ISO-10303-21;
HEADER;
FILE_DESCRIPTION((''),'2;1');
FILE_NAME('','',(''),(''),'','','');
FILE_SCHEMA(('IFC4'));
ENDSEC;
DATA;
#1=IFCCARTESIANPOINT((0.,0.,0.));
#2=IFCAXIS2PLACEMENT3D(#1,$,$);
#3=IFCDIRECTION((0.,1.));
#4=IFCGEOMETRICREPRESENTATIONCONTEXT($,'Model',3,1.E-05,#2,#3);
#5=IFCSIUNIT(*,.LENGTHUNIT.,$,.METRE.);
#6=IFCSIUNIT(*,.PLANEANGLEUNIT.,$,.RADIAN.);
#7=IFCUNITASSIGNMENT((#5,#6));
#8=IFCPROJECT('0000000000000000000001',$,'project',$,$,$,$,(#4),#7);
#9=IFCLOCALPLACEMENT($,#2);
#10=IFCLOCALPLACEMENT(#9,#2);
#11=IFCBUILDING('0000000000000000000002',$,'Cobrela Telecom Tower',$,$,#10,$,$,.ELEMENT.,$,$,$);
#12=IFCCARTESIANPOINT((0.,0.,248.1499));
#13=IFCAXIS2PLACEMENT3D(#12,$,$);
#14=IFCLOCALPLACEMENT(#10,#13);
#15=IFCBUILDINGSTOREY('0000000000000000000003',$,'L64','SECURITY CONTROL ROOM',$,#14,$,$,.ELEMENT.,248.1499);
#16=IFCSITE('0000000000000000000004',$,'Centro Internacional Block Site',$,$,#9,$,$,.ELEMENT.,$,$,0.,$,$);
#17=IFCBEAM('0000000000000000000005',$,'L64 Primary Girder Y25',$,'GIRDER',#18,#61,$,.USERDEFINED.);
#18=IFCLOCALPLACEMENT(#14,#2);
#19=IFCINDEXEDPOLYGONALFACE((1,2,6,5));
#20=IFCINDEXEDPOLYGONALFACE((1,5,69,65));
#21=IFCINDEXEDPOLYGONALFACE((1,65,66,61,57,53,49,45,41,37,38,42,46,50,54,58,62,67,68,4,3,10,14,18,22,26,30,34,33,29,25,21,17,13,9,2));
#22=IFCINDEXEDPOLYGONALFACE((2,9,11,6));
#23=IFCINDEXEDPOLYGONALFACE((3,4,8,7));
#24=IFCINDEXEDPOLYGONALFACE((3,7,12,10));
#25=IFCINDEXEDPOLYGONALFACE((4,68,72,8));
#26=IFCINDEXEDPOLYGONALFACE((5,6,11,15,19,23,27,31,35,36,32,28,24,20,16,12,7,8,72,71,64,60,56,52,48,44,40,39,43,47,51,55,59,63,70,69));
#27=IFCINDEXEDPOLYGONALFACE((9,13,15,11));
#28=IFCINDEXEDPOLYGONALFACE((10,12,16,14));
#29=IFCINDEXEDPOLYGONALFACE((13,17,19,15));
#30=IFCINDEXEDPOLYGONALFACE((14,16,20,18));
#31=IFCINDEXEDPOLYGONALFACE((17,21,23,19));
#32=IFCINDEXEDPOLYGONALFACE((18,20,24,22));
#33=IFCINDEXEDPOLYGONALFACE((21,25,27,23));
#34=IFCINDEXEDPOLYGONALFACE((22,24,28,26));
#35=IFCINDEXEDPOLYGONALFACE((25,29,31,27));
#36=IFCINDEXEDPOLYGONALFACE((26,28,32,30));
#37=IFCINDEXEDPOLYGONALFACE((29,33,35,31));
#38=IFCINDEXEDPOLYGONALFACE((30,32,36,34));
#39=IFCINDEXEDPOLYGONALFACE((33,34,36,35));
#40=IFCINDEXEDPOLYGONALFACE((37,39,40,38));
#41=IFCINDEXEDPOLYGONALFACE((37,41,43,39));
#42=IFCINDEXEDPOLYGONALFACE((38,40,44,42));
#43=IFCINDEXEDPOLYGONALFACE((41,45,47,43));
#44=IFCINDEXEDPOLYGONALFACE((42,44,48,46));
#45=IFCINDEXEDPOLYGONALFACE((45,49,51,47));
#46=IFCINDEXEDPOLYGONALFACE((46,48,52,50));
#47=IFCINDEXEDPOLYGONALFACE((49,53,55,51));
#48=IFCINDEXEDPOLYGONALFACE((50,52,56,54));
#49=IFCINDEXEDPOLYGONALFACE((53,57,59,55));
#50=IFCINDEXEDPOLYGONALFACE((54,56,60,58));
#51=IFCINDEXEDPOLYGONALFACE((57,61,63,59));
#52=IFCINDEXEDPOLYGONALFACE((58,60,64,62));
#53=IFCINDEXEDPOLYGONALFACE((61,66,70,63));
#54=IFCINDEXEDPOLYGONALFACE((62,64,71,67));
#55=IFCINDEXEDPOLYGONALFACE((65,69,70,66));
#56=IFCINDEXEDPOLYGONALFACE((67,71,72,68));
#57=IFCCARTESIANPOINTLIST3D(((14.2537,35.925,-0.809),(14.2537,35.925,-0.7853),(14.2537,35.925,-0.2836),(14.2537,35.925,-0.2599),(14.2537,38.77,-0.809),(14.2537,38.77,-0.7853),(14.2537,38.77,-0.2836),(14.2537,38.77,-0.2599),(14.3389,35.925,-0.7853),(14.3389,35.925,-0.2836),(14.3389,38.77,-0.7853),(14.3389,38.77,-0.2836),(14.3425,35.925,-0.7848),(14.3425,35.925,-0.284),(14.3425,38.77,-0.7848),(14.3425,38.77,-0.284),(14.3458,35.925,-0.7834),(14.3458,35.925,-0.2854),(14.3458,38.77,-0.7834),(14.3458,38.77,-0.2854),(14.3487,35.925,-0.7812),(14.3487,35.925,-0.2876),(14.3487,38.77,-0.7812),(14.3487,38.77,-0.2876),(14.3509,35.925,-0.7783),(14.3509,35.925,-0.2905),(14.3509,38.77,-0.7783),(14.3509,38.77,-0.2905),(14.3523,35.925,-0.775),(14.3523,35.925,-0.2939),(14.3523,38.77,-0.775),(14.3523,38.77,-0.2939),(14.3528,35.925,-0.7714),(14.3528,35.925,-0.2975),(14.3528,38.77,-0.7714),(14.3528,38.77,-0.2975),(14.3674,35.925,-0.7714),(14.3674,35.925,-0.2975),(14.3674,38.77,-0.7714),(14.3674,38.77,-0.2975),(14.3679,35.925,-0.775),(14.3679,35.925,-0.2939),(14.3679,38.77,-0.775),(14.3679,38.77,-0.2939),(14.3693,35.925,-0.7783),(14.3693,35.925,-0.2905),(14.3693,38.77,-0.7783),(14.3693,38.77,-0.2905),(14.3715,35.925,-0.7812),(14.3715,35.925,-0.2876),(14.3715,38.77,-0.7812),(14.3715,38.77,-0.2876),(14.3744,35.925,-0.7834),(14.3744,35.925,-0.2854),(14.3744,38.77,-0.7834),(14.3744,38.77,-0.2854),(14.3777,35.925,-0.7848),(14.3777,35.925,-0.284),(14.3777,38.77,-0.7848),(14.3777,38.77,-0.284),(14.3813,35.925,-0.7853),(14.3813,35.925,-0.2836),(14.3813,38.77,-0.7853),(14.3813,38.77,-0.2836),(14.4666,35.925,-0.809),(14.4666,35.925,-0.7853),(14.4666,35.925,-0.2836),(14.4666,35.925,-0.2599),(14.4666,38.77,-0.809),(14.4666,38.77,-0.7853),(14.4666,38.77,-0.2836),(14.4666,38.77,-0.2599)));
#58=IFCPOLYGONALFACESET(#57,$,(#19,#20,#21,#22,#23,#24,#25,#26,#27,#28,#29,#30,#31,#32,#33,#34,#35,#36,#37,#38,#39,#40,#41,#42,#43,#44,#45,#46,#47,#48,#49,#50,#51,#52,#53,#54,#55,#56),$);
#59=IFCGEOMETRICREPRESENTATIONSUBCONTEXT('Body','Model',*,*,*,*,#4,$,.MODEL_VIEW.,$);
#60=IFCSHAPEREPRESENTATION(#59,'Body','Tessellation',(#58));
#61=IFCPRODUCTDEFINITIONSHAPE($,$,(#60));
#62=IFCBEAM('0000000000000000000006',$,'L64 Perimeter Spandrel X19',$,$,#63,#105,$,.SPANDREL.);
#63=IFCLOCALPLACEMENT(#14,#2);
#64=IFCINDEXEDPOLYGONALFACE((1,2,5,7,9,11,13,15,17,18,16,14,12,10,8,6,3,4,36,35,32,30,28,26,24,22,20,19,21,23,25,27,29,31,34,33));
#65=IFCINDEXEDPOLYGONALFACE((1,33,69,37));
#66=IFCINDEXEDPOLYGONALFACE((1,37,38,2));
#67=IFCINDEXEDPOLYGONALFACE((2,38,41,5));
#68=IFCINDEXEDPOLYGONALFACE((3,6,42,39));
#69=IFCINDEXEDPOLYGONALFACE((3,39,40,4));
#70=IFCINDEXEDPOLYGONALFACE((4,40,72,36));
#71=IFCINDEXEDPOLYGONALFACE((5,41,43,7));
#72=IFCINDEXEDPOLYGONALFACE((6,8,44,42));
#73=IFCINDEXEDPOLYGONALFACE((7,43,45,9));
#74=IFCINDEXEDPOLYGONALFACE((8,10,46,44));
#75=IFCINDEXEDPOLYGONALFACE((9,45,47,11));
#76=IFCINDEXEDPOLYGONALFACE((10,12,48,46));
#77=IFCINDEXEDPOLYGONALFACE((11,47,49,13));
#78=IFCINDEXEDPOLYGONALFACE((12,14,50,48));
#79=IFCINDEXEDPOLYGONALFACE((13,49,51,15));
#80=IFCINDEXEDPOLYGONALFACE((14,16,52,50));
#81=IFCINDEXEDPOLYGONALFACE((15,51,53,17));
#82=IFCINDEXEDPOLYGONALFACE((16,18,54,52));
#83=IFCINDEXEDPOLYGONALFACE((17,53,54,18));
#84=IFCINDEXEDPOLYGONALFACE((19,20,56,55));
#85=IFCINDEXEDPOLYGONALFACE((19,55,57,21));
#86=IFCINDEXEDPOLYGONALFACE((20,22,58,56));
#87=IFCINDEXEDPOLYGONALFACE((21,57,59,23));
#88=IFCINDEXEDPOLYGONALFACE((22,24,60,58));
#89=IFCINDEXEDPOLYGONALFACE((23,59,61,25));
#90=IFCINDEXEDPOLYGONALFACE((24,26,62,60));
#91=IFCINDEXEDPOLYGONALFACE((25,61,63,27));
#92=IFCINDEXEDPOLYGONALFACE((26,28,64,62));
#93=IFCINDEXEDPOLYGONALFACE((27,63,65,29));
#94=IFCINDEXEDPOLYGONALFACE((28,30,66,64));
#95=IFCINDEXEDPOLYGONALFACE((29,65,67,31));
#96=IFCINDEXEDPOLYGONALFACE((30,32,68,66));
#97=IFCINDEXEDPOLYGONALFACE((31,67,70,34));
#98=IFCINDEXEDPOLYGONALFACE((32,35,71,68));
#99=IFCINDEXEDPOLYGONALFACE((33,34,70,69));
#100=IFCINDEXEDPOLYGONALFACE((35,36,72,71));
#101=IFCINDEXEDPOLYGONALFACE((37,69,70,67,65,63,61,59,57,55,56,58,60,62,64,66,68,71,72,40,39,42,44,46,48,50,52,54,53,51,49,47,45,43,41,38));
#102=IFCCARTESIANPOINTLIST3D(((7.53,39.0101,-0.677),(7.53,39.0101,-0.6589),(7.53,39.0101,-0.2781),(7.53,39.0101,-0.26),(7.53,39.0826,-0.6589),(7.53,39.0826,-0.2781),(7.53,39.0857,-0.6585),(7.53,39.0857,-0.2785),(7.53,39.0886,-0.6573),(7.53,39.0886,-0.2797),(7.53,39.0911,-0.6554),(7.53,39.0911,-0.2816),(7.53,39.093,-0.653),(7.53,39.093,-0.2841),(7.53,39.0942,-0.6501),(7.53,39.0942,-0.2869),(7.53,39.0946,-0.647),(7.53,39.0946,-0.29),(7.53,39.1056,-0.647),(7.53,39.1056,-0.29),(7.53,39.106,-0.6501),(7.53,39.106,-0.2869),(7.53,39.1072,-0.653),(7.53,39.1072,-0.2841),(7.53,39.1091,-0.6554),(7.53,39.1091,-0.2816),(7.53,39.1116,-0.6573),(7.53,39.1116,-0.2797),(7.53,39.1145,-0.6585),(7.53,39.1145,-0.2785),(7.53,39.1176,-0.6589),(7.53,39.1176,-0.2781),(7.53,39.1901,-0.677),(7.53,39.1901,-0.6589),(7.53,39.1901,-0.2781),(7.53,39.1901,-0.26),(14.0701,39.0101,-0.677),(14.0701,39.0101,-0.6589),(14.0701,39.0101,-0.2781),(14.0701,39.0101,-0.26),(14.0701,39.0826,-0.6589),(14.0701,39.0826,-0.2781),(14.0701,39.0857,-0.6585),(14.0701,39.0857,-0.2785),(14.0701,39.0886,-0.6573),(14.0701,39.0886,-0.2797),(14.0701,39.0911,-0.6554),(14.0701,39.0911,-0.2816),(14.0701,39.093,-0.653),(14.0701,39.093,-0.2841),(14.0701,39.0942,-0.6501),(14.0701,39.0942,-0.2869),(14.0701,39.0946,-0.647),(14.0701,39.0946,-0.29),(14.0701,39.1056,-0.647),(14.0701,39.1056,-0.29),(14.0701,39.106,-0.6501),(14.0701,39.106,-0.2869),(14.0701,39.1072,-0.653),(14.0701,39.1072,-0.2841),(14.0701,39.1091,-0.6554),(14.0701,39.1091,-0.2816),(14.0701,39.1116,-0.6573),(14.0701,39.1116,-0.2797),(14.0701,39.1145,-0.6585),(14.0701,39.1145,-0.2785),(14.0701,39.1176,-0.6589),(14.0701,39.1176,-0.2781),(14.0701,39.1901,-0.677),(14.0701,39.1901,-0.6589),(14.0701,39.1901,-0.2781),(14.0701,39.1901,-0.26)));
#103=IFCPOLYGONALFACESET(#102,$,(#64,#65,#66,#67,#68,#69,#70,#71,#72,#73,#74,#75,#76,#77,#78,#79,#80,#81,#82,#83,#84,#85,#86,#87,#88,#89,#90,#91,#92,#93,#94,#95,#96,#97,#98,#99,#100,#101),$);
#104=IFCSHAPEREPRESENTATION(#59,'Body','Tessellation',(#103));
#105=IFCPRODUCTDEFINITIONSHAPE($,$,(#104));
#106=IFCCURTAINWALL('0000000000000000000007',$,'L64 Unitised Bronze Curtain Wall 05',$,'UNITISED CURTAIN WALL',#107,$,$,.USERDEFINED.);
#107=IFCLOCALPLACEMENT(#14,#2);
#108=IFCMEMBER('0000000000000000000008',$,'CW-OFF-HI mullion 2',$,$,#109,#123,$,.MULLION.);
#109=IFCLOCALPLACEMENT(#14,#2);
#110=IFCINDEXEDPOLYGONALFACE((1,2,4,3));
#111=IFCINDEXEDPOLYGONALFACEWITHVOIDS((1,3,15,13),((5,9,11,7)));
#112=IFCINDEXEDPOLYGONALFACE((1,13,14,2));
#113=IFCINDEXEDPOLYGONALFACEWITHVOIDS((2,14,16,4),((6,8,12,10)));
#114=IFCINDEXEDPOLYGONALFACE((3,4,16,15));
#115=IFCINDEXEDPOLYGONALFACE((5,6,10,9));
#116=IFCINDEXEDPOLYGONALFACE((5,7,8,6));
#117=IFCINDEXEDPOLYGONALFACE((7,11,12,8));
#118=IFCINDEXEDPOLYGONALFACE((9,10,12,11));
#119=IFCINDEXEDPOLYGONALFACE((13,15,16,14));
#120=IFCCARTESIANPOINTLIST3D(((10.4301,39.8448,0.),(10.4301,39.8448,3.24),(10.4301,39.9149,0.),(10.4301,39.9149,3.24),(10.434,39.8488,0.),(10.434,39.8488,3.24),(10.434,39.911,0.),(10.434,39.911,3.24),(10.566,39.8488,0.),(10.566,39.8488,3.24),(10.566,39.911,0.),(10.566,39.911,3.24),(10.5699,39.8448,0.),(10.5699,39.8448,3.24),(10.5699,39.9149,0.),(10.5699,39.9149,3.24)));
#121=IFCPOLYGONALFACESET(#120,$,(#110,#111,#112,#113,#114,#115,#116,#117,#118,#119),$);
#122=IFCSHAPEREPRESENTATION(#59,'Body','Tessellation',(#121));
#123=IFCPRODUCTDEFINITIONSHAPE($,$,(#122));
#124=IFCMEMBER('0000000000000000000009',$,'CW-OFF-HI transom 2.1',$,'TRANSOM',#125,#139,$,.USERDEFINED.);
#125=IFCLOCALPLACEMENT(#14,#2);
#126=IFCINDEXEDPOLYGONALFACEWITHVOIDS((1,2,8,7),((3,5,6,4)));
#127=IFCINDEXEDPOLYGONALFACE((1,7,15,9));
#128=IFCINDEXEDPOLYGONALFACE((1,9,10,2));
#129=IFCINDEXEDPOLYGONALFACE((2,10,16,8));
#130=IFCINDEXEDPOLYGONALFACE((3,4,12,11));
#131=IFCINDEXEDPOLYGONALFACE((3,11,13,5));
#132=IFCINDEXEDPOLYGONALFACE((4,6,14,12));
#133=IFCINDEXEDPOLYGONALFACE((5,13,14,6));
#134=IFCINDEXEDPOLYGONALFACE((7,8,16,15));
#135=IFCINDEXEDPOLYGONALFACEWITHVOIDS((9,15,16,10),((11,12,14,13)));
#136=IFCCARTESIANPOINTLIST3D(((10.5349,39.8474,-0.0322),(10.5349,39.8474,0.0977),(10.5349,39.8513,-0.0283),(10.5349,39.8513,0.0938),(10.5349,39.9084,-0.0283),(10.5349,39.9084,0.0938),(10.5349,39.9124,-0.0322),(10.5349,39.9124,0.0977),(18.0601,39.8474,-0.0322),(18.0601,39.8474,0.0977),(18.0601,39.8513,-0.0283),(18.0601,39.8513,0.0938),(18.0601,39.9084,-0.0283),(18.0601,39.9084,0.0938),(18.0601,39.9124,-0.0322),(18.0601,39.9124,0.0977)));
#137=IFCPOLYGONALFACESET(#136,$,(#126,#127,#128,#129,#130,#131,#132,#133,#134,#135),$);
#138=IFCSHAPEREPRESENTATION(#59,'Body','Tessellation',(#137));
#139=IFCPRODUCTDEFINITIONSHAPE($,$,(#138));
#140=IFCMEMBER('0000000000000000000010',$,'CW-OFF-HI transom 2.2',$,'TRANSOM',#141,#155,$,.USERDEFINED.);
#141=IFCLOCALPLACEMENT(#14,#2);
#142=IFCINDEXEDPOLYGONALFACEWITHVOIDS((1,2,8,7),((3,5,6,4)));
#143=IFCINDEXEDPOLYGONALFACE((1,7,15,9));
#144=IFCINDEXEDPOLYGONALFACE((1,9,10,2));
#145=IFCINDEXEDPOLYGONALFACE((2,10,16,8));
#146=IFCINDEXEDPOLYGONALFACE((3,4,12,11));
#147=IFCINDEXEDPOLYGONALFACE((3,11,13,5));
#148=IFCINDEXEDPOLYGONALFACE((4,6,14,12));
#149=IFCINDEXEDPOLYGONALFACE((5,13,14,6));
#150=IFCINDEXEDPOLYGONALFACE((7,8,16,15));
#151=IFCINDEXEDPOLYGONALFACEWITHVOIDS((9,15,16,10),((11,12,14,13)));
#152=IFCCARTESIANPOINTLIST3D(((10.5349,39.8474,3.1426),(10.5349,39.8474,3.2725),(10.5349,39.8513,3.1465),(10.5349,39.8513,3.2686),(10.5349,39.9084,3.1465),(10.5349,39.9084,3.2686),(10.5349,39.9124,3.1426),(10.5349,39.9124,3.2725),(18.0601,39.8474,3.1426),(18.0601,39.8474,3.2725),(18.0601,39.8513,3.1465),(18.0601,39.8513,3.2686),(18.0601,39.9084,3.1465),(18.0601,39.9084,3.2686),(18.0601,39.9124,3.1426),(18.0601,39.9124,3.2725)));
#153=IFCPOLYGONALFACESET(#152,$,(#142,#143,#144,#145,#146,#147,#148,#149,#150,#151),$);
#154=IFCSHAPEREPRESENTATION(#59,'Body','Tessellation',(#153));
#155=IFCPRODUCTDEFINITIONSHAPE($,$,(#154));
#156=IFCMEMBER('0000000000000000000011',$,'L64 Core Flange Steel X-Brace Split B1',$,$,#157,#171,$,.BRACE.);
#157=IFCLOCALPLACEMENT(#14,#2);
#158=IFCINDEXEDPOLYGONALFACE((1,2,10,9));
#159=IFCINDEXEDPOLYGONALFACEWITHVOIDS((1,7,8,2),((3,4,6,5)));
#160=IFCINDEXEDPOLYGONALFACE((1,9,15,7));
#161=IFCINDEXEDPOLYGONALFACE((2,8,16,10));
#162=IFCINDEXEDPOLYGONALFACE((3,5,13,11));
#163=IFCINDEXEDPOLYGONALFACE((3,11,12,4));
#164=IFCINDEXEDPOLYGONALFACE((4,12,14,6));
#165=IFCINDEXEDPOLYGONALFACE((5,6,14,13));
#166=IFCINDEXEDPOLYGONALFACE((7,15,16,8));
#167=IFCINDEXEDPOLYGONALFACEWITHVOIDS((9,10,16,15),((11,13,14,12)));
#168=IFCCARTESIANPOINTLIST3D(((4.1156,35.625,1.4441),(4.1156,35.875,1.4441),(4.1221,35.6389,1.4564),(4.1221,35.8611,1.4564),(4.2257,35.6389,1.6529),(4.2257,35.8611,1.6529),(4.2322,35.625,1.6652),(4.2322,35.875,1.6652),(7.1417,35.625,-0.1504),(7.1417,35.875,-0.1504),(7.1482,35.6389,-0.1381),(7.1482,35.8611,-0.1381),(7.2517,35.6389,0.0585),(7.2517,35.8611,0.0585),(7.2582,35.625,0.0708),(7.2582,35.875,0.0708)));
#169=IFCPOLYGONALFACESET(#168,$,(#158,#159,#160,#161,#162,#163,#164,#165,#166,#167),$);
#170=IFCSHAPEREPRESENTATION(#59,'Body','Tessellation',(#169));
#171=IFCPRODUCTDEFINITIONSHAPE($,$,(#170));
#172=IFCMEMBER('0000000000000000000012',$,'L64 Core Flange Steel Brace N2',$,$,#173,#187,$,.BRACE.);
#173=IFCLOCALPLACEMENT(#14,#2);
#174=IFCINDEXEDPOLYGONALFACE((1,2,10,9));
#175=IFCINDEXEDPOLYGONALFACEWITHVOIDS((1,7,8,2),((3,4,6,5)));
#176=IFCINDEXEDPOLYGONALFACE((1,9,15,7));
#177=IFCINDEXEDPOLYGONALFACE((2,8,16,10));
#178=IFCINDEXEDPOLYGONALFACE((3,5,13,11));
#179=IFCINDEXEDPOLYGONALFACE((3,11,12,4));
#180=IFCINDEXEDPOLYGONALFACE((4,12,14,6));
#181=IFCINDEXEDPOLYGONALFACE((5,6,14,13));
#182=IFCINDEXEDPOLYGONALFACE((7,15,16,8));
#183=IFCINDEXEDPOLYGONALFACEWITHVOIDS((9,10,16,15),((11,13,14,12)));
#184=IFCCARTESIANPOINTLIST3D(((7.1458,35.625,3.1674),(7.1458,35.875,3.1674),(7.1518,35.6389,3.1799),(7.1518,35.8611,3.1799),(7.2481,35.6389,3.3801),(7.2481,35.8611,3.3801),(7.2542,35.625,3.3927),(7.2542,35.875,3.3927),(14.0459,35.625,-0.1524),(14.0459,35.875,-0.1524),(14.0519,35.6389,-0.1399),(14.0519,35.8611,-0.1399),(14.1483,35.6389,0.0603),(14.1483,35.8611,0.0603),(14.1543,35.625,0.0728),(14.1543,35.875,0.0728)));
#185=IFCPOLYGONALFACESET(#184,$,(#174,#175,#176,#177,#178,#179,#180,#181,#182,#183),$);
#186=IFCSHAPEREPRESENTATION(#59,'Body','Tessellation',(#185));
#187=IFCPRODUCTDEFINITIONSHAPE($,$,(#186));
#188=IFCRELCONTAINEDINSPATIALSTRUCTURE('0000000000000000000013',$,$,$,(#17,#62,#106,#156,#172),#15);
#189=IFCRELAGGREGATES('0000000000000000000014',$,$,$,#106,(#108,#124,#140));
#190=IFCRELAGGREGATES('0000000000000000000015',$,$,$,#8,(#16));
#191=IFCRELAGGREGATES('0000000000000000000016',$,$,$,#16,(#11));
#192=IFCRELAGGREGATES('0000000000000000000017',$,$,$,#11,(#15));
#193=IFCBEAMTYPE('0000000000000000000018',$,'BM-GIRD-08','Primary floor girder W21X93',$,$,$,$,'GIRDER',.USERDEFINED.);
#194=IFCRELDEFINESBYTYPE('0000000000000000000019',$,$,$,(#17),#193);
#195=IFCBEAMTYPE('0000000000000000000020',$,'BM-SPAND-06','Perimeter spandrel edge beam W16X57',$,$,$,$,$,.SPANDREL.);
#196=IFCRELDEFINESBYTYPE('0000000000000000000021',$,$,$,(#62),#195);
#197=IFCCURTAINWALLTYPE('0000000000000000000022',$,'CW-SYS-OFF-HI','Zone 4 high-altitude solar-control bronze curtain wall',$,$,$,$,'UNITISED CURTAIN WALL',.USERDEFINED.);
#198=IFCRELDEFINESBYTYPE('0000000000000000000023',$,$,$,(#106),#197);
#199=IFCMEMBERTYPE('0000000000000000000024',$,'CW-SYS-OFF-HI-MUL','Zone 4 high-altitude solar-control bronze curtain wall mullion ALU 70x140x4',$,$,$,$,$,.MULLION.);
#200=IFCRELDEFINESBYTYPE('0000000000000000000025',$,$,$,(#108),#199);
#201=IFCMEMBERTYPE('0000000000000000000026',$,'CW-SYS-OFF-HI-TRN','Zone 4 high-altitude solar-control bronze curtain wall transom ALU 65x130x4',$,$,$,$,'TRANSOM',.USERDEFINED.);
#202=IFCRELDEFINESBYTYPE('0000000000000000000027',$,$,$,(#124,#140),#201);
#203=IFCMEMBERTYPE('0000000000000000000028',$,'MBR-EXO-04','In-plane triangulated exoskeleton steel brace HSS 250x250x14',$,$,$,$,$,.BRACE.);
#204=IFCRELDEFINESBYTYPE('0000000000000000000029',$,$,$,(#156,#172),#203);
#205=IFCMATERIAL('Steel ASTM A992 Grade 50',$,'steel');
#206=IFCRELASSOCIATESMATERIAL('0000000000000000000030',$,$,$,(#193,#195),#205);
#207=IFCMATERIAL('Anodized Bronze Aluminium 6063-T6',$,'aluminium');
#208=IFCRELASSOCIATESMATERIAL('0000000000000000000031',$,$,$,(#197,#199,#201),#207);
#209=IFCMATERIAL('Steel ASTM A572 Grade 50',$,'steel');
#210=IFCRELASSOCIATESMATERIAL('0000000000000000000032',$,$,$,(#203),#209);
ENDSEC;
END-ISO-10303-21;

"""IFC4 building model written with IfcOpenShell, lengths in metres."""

from ifc_helpers import new_model, si_unit, direction, frame, origin, origin_2d, place, context, subcontext, project, spatial, hollow_rectangle, i_section, extrude, material, material_profile, profile_set, type_object, element, aggregate, save


model = new_model("IFC4")

# Units and contexts
model_context = context("Model", 3, precision=1e-05, world=origin(), true_north=direction((0.0, 1.0)))
body_context = subcontext(model_context, "Body", "Model", "MODEL_VIEW")
ifc_project = project(units=[si_unit("LENGTHUNIT", "METRE"), si_unit("PLANEANGLEUNIT", "RADIAN")], contexts=[model_context])

# Site, building, storey
site_placement = place(None, origin())
site = spatial("IfcSite", under=ifc_project, at=site_placement, Name="Centro Internacional Block Site", CompositionType="ELEMENT", RefElevation=0.0)
building_placement = place(site_placement, origin())
building = spatial("IfcBuilding", under=site, at=building_placement, Name="Cobrela Telecom Tower", CompositionType="ELEMENT")
storey_placement = place(building_placement, frame((0.0, 0.0, 248.1499)))
storey = spatial("IfcBuildingStorey", under=building, at=storey_placement, Name="L64", Description="SECURITY CONTROL ROOM", CompositionType="ELEMENT", Elevation=248.1499)

# Shared definitions
ifc_material_1 = material(Name="Steel ASTM A572 Grade 50", Category="steel")

# Beams
ifc_material_2 = material(Name="Steel ASTM A992 Grade 50", Category="steel")
ifc_material_profile_1 = material_profile(ifc_material_2, i_section(OverallWidth=0.2129, OverallDepth=0.5491, WebThickness=0.0146, FlangeThickness=0.0237, FilletRadius=0.0139, at=origin_2d()), Name="W21X93")
ifc_profile_set_1 = profile_set([ifc_material_profile_1], Name="Steel ASTM A992 Grade 50")
beam_type_1 = type_object("IfcBeamType", Name="BM-GIRD-08", Description="Primary floor girder W21X93", ElementType="GIRDER", PredefinedType="USERDEFINED", material=ifc_profile_set_1)
for number, where, z_axis, x_axis, name in (
    (1, (14.3601, 35.925, -0.5344), (0.0, 1.0, 0.0), (-1.0, 0.0, 0.0), "L64 Primary Girder Y25"),
):
    element("IfcBeam", number, at=place(storey_placement, frame(where, z_axis=z_axis, x_axis=x_axis)), inside=storey, type_object=beam_type_1, Name=name, ObjectType="GIRDER", PredefinedType="USERDEFINED", context=body_context, shape_type="SweptSolid", body=[
        extrude(i_section(OverallWidth=0.2129, OverallDepth=0.5491, WebThickness=0.0146, FlangeThickness=0.0237, FilletRadius=0.0139, at=origin_2d()), origin(), (0.0, 0.0, 1.0), 2.845),
    ])
ifc_material_profile_2 = material_profile(ifc_material_2, i_section(OverallWidth=0.1799, OverallDepth=0.417, WebThickness=0.011, FlangeThickness=0.0181, FilletRadius=0.012, at=origin_2d()), Name="W16X57")
ifc_profile_set_2 = profile_set([ifc_material_profile_2], Name="Steel ASTM A992 Grade 50")
beam_type_2 = type_object("IfcBeamType", Name="BM-SPAND-06", Description="Perimeter spandrel edge beam W16X57", PredefinedType="SPANDREL", material=ifc_profile_set_2)
beam_1_placement = place(storey_placement, frame((7.53, 39.1001, -0.4685), z_axis=(1.0, 0.0, 0.0), x_axis=(0.0, 1.0, 0.0)))
element("IfcBeam", 2, at=beam_1_placement, inside=storey, type_object=beam_type_2, Name="L64 Perimeter Spandrel X19", PredefinedType="SPANDREL", context=body_context, shape_type="SweptSolid", body=[
    extrude(i_section(OverallWidth=0.1799, OverallDepth=0.417, WebThickness=0.011, FlangeThickness=0.0181, FilletRadius=0.012, at=origin_2d()), origin(), (0.0, 0.0, 1.0), 6.54),
])

# Curtain wall, members
ifc_material_3 = material(Name="Anodized Bronze Aluminium 6063-T6", Category="aluminium")
curtain_wall_type = type_object("IfcCurtainWallType", Name="CW-SYS-OFF-HI", Description="Zone 4 high-altitude solar-control bronze curtain wall", ElementType="UNITISED CURTAIN WALL", PredefinedType="USERDEFINED", material=ifc_material_3)
curtain_wall_placement = place(storey_placement, origin())
curtain_wall = element("IfcCurtainWall", 3, at=curtain_wall_placement, inside=storey, type_object=curtain_wall_type, Name="L64 Unitised Bronze Curtain Wall 05", ObjectType="UNITISED CURTAIN WALL", PredefinedType="USERDEFINED")
ifc_material_profile_3 = material_profile(ifc_material_3, hollow_rectangle(XDim=0.0701, YDim=0.1399, WallThickness=0.0039, at=origin_2d()), Name="ALU 70x140x4")
ifc_profile_set_3 = profile_set([ifc_material_profile_3], Name="Anodized Bronze Aluminium 6063-T6")
member_type_1 = type_object("IfcMemberType", Name="CW-SYS-OFF-HI-MUL", Description="Zone 4 high-altitude solar-control bronze curtain wall mullion ALU 70x140x4", PredefinedType="MULLION", material=ifc_profile_set_3)
member_1_placement = place(storey_placement, frame((10.5, 39.8799, 0.0), z_axis=(0.0, 0.0, 1.0), x_axis=(0.0, 1.0, 0.0)))
member_1 = element("IfcMember", 4, at=member_1_placement, type_object=member_type_1, Name="CW-OFF-HI mullion 2", PredefinedType="MULLION", context=body_context, shape_type="SweptSolid", body=[
    extrude(hollow_rectangle(XDim=0.0701, YDim=0.1399, WallThickness=0.0039, at=origin_2d()), origin(), (0.0, 0.0, 1.0), 3.24),
])
ifc_material_profile_4 = material_profile(ifc_material_3, hollow_rectangle(XDim=0.0649, YDim=0.1299, WallThickness=0.0039, at=origin_2d()), Name="ALU 65x130x4")
ifc_profile_set_4 = profile_set([ifc_material_profile_4], Name="Anodized Bronze Aluminium 6063-T6")
member_type_2 = type_object("IfcMemberType", Name="CW-SYS-OFF-HI-TRN", Description="Zone 4 high-altitude solar-control bronze curtain wall transom ALU 65x130x4", ElementType="TRANSOM", PredefinedType="USERDEFINED", material=ifc_profile_set_4)
member_2_placement = place(storey_placement, frame((10.5349, 39.8799, 0.0327), z_axis=(1.0, 0.0, 0.0), x_axis=(0.0, 1.0, 0.0)))
member_2 = element("IfcMember", 5, at=member_2_placement, type_object=member_type_2, Name="CW-OFF-HI transom 2.1", ObjectType="TRANSOM", PredefinedType="USERDEFINED", context=body_context, shape_type="SweptSolid", body=[
    extrude(hollow_rectangle(XDim=0.0649, YDim=0.1299, WallThickness=0.0039, at=origin_2d()), origin(), (0.0, 0.0, 1.0), 7.5251),
])
member_3_placement = place(storey_placement, frame((10.5349, 39.8799, 3.2075), z_axis=(1.0, 0.0, 0.0), x_axis=(0.0, 1.0, 0.0)))
member_3 = element("IfcMember", 6, at=member_3_placement, type_object=member_type_2, Name="CW-OFF-HI transom 2.2", ObjectType="TRANSOM", PredefinedType="USERDEFINED", context=body_context, shape_type="SweptSolid", body=[
    extrude(hollow_rectangle(XDim=0.0649, YDim=0.1299, WallThickness=0.0039, at=origin_2d()), origin(), (0.0, 0.0, 1.0), 7.5251),
])

# Members
ifc_material_profile_5 = material_profile(ifc_material_1, hollow_rectangle(XDim=0.25, YDim=0.25, WallThickness=0.0139, at=origin_2d()), Name="HSS 250x250x14")
ifc_profile_set_5 = profile_set([ifc_material_profile_5], Name="Steel ASTM A572 Grade 50")
member_type_3 = type_object("IfcMemberType", Name="MBR-EXO-04", Description="In-plane triangulated exoskeleton steel brace HSS 250x250x14", PredefinedType="BRACE", material=ifc_profile_set_5)
member_4_placement = place(storey_placement, frame((7.2, 35.75, -0.0398), z_axis=(-0.884703, 0.0, 0.466155), x_axis=(0.0, -1.0, 0.0)))
element("IfcMember", 7, at=member_4_placement, inside=storey, type_object=member_type_3, Name="L64 Core Flange Steel X-Brace Split B1", PredefinedType="BRACE", context=body_context, shape_type="SweptSolid", body=[
    extrude(hollow_rectangle(XDim=0.25, YDim=0.25, WallThickness=0.0139, at=origin_2d()), origin(), (0.0, 0.0, 1.0), 3.4204),
])
member_5_placement = place(storey_placement, frame((14.1001, 35.75, -0.0398), z_axis=(-0.901128, 0.0, 0.433554), x_axis=(0.0, -1.0, 0.0)))
element("IfcMember", 8, at=member_5_placement, inside=storey, type_object=member_type_3, Name="L64 Core Flange Steel Brace N2", PredefinedType="BRACE", context=body_context, shape_type="SweptSolid", body=[
    extrude(hollow_rectangle(XDim=0.25, YDim=0.25, WallThickness=0.0139, at=origin_2d()), origin(), (0.0, 0.0, 1.0), 7.6572),
])

aggregate(curtain_wall, [member_1, member_2, member_3])

save(model, "model.ifc")
